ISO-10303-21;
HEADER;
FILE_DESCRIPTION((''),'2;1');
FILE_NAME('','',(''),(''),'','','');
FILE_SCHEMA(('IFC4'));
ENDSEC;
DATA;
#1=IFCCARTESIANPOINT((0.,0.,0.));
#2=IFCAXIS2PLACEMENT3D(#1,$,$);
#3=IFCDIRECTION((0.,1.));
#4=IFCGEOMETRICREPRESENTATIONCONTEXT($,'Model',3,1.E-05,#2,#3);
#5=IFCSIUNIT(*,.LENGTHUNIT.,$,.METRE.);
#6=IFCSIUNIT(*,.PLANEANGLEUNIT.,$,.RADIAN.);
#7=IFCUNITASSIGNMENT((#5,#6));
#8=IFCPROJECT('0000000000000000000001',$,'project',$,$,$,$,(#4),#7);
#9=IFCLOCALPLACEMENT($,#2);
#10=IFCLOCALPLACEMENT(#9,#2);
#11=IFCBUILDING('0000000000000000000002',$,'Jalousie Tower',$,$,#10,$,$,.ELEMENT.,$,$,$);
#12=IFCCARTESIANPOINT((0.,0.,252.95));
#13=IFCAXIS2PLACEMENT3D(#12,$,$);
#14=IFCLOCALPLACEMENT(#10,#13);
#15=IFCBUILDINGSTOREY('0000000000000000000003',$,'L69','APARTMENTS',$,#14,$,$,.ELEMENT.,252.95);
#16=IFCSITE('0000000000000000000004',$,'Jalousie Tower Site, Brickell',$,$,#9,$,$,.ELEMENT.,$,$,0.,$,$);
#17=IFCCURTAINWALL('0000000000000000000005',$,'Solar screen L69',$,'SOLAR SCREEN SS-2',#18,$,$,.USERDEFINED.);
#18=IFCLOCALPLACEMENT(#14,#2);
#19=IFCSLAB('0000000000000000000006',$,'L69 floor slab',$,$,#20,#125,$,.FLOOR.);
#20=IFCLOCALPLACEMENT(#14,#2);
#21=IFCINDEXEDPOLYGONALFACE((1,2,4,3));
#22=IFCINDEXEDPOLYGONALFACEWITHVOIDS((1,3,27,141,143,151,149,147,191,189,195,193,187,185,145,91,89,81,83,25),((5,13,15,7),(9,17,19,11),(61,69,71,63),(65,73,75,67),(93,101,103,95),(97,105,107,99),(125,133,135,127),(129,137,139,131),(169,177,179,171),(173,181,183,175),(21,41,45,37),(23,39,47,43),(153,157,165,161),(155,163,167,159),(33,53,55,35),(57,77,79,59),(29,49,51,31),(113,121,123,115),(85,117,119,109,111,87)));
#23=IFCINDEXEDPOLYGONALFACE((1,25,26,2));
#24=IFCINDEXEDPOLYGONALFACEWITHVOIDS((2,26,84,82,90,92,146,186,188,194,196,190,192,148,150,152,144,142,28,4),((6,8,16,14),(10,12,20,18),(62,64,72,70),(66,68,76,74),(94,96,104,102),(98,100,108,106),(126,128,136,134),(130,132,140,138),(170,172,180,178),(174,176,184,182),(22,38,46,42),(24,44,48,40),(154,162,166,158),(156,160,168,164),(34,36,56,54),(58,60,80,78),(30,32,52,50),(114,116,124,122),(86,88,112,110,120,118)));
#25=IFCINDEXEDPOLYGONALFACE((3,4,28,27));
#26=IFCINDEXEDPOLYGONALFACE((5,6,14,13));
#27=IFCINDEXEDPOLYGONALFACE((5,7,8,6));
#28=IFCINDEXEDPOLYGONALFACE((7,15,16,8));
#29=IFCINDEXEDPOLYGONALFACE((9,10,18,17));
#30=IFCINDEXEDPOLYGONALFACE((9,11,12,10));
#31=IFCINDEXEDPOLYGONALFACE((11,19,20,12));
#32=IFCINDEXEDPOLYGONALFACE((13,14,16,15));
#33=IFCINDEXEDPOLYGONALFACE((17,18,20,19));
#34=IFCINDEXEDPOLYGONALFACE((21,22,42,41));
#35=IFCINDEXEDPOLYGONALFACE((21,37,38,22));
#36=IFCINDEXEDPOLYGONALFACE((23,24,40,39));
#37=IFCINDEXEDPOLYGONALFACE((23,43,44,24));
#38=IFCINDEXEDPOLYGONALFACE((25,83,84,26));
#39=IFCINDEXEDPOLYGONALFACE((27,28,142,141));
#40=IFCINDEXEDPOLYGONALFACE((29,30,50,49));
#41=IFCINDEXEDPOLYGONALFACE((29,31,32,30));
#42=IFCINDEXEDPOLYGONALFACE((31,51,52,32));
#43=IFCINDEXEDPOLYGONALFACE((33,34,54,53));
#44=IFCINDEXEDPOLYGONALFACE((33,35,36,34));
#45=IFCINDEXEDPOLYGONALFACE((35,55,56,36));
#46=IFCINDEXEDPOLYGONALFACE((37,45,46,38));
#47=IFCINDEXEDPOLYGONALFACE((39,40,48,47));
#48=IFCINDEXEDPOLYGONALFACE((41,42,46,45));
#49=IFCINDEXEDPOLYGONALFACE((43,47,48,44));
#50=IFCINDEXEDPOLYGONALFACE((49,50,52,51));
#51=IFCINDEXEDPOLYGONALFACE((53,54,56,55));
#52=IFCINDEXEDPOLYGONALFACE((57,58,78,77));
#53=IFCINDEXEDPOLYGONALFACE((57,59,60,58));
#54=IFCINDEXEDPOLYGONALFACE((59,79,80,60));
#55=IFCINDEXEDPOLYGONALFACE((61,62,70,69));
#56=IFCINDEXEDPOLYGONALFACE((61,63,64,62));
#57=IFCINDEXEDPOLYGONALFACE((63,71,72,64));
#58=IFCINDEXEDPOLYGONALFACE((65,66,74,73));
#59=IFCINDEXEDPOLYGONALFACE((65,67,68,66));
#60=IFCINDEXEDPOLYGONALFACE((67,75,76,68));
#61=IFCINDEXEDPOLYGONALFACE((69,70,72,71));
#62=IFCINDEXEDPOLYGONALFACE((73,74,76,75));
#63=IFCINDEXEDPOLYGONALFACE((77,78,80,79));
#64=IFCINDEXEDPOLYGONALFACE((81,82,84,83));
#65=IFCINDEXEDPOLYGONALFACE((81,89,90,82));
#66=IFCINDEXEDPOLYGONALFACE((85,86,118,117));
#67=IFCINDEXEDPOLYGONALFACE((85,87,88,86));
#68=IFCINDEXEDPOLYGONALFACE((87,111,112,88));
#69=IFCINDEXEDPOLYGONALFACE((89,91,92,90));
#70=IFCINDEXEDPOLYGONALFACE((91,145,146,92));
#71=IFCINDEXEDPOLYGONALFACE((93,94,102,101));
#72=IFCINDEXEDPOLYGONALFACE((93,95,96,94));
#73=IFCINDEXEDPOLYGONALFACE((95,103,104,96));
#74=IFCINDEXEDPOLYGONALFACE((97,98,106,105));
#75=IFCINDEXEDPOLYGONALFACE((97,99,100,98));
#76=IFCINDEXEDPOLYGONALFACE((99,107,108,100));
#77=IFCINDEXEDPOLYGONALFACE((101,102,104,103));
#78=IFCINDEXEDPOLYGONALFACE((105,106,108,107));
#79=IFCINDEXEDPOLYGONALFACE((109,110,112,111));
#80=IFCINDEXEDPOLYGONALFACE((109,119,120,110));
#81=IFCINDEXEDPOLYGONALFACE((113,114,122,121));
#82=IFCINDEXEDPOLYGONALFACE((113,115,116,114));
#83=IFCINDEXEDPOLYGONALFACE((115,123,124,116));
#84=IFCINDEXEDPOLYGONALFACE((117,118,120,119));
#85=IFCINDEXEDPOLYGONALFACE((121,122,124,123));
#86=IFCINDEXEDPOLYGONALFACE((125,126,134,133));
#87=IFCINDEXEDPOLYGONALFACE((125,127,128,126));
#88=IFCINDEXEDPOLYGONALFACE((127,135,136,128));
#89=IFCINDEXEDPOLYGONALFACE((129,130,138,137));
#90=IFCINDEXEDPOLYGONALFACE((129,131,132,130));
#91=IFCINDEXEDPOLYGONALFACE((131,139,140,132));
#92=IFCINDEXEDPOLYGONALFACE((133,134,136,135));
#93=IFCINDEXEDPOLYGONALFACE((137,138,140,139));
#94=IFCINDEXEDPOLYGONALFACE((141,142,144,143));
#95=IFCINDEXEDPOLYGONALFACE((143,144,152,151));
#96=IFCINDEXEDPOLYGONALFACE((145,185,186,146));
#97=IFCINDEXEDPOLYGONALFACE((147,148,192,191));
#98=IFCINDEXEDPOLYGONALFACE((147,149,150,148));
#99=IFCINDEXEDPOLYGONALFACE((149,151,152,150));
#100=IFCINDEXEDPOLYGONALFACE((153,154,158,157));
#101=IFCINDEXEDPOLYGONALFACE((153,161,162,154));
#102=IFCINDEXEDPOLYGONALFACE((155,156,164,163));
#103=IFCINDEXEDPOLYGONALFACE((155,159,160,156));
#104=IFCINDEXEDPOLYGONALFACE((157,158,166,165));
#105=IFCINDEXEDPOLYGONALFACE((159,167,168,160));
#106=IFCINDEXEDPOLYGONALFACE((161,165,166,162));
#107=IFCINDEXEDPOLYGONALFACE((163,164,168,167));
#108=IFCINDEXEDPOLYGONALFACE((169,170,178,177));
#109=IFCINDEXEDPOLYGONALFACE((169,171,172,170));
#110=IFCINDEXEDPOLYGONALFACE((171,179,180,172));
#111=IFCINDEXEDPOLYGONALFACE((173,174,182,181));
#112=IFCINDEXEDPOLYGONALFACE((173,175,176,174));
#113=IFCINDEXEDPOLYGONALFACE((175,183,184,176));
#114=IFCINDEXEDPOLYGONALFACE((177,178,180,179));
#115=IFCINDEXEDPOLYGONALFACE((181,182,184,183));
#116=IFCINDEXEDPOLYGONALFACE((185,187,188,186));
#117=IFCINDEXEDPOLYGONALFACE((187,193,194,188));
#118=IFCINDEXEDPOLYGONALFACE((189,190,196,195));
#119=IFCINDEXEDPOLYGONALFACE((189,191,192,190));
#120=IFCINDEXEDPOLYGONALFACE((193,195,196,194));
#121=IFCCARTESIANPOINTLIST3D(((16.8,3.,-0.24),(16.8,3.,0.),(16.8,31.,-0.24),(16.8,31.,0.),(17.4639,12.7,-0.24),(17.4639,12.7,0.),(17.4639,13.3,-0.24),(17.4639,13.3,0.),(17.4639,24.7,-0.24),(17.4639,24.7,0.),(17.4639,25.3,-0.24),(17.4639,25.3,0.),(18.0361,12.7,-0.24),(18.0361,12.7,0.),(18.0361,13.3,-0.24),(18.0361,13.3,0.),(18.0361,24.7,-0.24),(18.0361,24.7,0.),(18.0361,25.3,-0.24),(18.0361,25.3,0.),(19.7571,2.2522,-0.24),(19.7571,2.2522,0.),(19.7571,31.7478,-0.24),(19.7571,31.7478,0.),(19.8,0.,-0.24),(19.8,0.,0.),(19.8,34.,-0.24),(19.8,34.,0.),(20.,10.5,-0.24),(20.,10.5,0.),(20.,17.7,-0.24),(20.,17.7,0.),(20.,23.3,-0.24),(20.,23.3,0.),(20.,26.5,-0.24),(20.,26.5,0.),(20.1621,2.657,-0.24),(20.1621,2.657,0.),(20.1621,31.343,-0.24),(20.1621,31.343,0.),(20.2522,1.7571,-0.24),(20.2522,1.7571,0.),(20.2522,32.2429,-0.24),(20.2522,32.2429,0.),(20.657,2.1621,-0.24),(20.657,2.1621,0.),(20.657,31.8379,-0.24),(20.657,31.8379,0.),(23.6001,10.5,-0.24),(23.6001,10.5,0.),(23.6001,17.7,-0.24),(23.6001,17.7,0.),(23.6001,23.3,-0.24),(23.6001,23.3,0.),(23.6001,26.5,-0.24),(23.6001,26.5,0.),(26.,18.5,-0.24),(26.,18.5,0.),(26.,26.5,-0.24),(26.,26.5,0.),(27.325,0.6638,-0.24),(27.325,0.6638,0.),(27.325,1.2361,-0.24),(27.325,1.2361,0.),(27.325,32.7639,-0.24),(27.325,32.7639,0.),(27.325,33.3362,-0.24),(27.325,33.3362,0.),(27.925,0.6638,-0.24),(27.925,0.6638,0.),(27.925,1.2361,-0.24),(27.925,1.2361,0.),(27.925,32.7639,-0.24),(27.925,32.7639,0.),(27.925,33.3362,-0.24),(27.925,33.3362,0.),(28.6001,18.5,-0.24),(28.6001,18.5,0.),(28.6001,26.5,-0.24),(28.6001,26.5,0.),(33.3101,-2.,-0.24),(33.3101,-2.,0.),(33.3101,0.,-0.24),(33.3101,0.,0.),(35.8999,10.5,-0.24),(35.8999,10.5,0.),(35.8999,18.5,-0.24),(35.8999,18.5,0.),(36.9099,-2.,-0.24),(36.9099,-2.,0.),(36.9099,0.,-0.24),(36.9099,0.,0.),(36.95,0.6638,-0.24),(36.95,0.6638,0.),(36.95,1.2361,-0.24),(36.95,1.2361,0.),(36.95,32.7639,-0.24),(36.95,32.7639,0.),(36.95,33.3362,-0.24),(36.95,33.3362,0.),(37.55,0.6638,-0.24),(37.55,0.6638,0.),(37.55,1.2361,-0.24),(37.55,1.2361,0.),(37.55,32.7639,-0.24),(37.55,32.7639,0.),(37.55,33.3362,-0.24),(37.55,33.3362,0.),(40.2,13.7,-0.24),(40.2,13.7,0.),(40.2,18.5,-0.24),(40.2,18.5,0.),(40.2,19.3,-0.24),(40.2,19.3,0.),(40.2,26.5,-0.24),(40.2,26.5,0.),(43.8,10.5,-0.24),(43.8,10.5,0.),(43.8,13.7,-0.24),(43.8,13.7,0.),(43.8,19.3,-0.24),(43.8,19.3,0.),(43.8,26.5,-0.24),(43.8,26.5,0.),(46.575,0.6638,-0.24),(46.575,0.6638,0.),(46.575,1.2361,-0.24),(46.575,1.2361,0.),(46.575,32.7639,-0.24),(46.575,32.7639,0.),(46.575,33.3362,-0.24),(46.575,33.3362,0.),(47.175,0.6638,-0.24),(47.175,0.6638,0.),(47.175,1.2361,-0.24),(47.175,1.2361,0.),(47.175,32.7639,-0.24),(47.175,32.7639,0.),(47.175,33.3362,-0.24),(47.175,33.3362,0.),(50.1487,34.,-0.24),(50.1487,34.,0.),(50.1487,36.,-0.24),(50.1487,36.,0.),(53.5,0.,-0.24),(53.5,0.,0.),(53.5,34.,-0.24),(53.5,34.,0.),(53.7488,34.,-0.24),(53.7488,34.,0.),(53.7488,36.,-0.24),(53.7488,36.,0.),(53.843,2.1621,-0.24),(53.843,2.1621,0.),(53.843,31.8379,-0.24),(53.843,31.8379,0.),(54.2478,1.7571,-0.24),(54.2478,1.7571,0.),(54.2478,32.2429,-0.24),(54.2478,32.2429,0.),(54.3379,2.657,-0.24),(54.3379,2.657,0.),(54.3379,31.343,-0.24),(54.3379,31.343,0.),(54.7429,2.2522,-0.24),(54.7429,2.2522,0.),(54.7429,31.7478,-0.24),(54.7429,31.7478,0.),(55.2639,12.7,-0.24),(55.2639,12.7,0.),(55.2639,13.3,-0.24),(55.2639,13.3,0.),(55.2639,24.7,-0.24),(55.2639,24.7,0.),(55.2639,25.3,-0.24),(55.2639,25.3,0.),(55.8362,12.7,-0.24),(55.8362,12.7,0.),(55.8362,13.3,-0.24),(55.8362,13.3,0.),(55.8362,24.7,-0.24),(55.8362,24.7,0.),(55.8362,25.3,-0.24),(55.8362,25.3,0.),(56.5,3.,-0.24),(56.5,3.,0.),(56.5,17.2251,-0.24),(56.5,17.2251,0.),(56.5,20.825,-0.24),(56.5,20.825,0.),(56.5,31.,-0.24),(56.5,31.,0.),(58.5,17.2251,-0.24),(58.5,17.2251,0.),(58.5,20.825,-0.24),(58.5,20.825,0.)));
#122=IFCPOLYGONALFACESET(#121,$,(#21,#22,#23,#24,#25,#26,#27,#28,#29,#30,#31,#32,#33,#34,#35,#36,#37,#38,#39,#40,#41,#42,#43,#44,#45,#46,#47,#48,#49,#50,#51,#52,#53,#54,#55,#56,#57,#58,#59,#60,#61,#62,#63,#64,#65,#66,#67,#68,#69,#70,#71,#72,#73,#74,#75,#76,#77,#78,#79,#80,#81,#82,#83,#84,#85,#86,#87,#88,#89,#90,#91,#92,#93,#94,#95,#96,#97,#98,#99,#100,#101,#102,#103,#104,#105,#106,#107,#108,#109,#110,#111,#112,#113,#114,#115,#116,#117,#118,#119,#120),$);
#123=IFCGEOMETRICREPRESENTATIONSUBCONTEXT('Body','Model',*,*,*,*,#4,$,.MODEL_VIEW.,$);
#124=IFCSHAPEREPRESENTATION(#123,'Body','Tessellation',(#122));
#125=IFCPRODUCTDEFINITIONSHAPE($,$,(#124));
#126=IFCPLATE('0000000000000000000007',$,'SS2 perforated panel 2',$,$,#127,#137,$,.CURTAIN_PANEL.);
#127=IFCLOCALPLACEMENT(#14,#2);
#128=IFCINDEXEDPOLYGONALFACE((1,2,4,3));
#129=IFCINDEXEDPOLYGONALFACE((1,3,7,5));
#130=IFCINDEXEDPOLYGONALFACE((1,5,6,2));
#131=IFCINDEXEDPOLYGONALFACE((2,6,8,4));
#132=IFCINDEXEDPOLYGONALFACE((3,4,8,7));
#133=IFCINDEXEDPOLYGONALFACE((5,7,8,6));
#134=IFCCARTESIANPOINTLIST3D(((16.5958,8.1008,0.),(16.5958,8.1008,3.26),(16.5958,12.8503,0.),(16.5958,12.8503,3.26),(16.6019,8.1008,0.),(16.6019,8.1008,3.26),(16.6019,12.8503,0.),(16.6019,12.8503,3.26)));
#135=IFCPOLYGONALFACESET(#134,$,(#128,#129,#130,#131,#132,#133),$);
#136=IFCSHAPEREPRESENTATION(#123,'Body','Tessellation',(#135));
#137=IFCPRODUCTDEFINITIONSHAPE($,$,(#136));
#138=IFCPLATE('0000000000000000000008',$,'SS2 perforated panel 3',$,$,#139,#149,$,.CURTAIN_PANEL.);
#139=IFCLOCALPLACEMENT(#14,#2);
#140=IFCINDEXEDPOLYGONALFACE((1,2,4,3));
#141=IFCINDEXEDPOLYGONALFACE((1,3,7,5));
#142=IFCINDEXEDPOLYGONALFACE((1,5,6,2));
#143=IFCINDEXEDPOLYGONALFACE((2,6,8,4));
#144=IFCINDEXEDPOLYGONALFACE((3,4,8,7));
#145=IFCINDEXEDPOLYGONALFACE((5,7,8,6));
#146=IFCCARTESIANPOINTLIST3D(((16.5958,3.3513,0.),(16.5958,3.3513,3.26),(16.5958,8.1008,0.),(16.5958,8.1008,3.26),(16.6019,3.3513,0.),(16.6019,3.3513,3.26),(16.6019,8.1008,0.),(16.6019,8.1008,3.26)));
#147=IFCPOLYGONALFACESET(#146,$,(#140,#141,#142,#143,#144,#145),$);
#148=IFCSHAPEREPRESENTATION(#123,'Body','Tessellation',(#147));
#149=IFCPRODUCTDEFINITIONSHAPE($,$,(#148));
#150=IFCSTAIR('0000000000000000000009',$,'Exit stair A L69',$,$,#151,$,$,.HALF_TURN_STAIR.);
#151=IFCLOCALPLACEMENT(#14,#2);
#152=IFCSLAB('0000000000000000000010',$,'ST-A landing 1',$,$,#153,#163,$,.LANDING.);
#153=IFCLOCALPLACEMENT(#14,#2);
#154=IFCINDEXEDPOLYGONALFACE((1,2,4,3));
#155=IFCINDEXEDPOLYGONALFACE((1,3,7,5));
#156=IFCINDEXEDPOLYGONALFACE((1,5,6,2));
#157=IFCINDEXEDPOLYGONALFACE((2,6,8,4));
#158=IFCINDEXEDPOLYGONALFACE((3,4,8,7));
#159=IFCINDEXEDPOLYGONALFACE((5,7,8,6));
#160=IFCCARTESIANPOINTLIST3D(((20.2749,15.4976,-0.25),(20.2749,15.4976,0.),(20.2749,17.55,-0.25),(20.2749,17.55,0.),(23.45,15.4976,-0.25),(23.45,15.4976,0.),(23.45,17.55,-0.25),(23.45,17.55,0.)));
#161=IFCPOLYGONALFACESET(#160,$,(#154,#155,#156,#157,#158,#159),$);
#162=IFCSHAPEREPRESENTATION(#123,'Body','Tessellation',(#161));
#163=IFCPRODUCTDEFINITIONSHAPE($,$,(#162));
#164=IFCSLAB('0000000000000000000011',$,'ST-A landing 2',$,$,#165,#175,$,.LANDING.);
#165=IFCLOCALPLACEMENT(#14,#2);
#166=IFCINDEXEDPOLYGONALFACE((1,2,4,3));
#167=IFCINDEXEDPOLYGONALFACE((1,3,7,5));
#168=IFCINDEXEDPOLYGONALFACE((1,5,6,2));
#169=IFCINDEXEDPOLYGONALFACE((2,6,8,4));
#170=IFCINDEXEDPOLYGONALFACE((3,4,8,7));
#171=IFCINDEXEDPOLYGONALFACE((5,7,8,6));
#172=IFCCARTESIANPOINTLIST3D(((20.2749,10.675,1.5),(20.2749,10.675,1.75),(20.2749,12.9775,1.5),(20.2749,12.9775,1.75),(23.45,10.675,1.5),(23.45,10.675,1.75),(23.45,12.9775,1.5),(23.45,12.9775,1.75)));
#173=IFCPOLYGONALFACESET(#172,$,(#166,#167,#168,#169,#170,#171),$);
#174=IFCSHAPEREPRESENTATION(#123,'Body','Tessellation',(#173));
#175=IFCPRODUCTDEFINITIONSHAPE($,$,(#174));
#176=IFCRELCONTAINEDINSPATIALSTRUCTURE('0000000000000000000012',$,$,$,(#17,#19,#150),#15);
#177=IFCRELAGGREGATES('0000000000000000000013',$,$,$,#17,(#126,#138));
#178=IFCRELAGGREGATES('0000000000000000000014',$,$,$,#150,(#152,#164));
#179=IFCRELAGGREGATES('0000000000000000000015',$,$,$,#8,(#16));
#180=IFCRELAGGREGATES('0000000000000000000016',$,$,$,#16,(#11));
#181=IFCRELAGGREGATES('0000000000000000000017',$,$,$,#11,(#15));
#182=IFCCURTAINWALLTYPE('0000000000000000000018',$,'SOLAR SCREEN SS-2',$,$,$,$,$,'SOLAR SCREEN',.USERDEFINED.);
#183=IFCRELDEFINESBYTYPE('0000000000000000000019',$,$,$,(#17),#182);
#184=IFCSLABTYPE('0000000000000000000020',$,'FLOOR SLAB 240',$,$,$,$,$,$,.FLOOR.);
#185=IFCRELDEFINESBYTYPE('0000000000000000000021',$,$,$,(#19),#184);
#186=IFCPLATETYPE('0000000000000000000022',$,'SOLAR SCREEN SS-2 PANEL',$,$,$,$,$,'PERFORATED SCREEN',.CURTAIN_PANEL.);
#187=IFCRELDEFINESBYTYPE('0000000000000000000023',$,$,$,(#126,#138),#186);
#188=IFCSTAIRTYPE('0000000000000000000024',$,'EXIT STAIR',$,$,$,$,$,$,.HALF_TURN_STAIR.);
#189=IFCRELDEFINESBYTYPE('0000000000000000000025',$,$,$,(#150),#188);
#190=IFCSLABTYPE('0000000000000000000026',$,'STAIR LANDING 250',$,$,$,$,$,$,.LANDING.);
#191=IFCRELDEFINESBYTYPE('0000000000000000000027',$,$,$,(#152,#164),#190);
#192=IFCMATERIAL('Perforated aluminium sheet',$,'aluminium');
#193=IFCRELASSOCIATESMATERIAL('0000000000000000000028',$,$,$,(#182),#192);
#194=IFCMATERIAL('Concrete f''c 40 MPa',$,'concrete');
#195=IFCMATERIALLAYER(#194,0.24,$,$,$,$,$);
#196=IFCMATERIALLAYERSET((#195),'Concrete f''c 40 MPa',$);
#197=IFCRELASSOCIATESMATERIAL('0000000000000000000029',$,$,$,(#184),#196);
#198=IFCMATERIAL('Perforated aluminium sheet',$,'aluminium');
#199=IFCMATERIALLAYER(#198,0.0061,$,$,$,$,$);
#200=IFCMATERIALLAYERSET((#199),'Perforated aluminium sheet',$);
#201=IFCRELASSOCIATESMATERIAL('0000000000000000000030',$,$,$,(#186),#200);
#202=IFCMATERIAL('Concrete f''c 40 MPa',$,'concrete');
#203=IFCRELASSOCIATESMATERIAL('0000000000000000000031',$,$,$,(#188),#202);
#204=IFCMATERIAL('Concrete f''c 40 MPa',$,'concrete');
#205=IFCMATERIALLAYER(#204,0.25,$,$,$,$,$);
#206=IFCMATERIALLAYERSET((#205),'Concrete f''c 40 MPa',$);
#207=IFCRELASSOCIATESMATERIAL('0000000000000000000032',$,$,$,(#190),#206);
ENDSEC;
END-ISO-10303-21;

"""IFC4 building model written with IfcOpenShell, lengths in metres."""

from ifc_helpers import new_model, si_unit, direction, frame, origin, origin_2d, place, context, subcontext, project, spatial, polyline, rectangle, outline, extrude, material, layer, layer_set, type_object, element, aggregate, save


model = new_model("IFC4")

# Units and contexts
model_context = context("Model", 3, precision=1e-05, world=origin(), true_north=direction((0.0, 1.0)))
body_context = subcontext(model_context, "Body", "Model", "MODEL_VIEW")
ifc_project = project(units=[si_unit("LENGTHUNIT", "METRE"), si_unit("PLANEANGLEUNIT", "RADIAN")], contexts=[model_context])

# Site, building, storey
site_placement = place(None, origin())
site = spatial("IfcSite", under=ifc_project, at=site_placement, Name="Jalousie Tower Site, Brickell", CompositionType="ELEMENT", RefElevation=0.0)
building_placement = place(site_placement, origin())
building = spatial("IfcBuilding", under=site, at=building_placement, Name="Jalousie Tower", CompositionType="ELEMENT")
storey_placement = place(building_placement, frame((0.0, 0.0, 252.95)))
storey = spatial("IfcBuildingStorey", under=building, at=storey_placement, Name="L69", Description="APARTMENTS", CompositionType="ELEMENT", Elevation=252.95)

# Curtain wall
ifc_material_1 = material(Name="Perforated aluminium sheet", Category="aluminium")
curtain_wall_type_1 = type_object("IfcCurtainWallType", Name="SOLAR SCREEN SS-2", ElementType="SOLAR SCREEN", PredefinedType="USERDEFINED", material=ifc_material_1)
curtain_wall_1_placement = place(storey_placement, origin())
curtain_wall_1 = element("IfcCurtainWall", 1, at=curtain_wall_1_placement, inside=storey, type_object=curtain_wall_type_1, Name="Solar screen L69", ObjectType="SOLAR SCREEN SS-2", PredefinedType="USERDEFINED")

# Slab
ifc_material_2 = material(Name="Concrete f'c 40 MPa", Category="concrete")
ifc_layer_1 = layer(ifc_material_2, 0.24)
ifc_layer_set_1 = layer_set([ifc_layer_1], Name="Concrete f'c 40 MPa")
slab_type_1 = type_object("IfcSlabType", Name="FLOOR SLAB 240", PredefinedType="FLOOR", material=ifc_layer_set_1)
slab_1_placement = place(storey_placement, frame((0.0, 0.0, -0.24)))
element("IfcSlab", 2, at=slab_1_placement, inside=storey, type_object=slab_type_1, Name="L69 floor slab", PredefinedType="FLOOR", context=body_context, shape_type="SweptSolid", body=[
    extrude(outline(polyline([(19.8, 34.0), (50.1487, 34.0), (50.1487, 36.0), (53.7488, 36.0), (53.7488, 34.0), (53.5, 34.0), (56.5, 31.0), (56.5, 20.825), (58.5, 20.825), (58.5, 17.2251), (56.5, 17.2251), (56.5, 3.0), (53.5, 0.0), (36.9099, 0.0), (36.9099, -2.0), (33.3101, -2.0), (33.3101, 0.0), (19.8, 0.0), (16.8, 3.0), (16.8, 31.0), (19.8, 34.0)]), holes=[polyline([(55.2639, 25.3), (55.2639, 24.7), (55.8362, 24.7), (55.8362, 25.3), (55.2639, 25.3)]), polyline([(55.8362, 12.7), (55.8362, 13.3), (55.2639, 13.3), (55.2639, 12.7), (55.8362, 12.7)]), polyline([(54.3379, 2.657), (53.843, 2.1621), (54.2478, 1.7571), (54.7429, 2.2522), (54.3379, 2.657)]), polyline([(54.7429, 31.7478), (54.2478, 32.2429), (53.843, 31.8379), (54.3379, 31.343), (54.7429, 31.7478)]), polyline([(47.175, 33.3362), (46.575, 33.3362), (46.575, 32.7639), (47.175, 32.7639), (47.175, 33.3362)]), polyline([(47.175, 1.2361), (46.575, 1.2361), (46.575, 0.6638), (47.175, 0.6638), (47.175, 1.2361)]), polyline([(40.2, 26.5), (40.2, 19.3), (43.8, 19.3), (43.8, 26.5), (40.2, 26.5)]), polyline([(40.2, 13.7), (40.2, 18.5), (35.8999, 18.5), (35.8999, 10.5), (43.8, 10.5), (43.8, 13.7), (40.2, 13.7)]), polyline([(36.95, 0.6638), (37.55, 0.6638), (37.55, 1.2361), (36.95, 1.2361), (36.95, 0.6638)]), polyline([(37.55, 33.3362), (36.95, 33.3362), (36.95, 32.7639), (37.55, 32.7639), (37.55, 33.3362)]), polyline([(26.0, 26.5), (26.0, 18.5), (28.6001, 18.5), (28.6001, 26.5), (26.0, 26.5)]), polyline([(27.925, 33.3362), (27.325, 33.3362), (27.325, 32.7639), (27.925, 32.7639), (27.925, 33.3362)]), polyline([(27.925, 1.2361), (27.325, 1.2361), (27.325, 0.6638), (27.925, 0.6638), (27.925, 1.2361)]), polyline([(20.0, 26.5), (20.0, 23.3), (23.6001, 23.3), (23.6001, 26.5), (20.0, 26.5)]), polyline([(20.0, 17.7), (20.0, 10.5), (23.6001, 10.5), (23.6001, 17.7), (20.0, 17.7)]), polyline([(20.657, 2.1621), (20.1621, 2.657), (19.7571, 2.2522), (20.2522, 1.7571), (20.657, 2.1621)]), polyline([(20.657, 31.8379), (20.2522, 32.2429), (19.7571, 31.7478), (20.1621, 31.343), (20.657, 31.8379)]), polyline([(17.4639, 13.3), (17.4639, 12.7), (18.0361, 12.7), (18.0361, 13.3), (17.4639, 13.3)]), polyline([(18.0361, 24.7), (18.0361, 25.3), (17.4639, 25.3), (17.4639, 24.7), (18.0361, 24.7)])]), origin(), (0.0, 0.0, 1.0), 0.24),
])

# Plates
ifc_material_3 = material(Name="Perforated aluminium sheet", Category="aluminium")
ifc_layer_2 = layer(ifc_material_3, 0.0061)
ifc_layer_set_2 = layer_set([ifc_layer_2], Name="Perforated aluminium sheet")
plate_type = type_object("IfcPlateType", Name="SOLAR SCREEN SS-2 PANEL", ElementType="PERFORATED SCREEN", PredefinedType="CURTAIN_PANEL", material=ifc_layer_set_2)
plate_1_placement = place(storey_placement, frame((16.5989, 10.4756, 0.0), z_axis=(0.0, 0.0, 1.0), x_axis=(0.0, -1.0, 0.0)))
plate_1 = element("IfcPlate", 3, at=plate_1_placement, type_object=plate_type, Name="SS2 perforated panel 2", PredefinedType="CURTAIN_PANEL", context=body_context, shape_type="SweptSolid", body=[
    extrude(rectangle(XDim=4.7495, YDim=0.0061, at=origin_2d()), origin(), (0.0, 0.0, 1.0), 3.26),
])
plate_2_placement = place(storey_placement, frame((16.5989, 5.7261, 0.0), z_axis=(0.0, 0.0, 1.0), x_axis=(0.0, -1.0, 0.0)))
plate_2 = element("IfcPlate", 4, at=plate_2_placement, type_object=plate_type, Name="SS2 perforated panel 3", PredefinedType="CURTAIN_PANEL", context=body_context, shape_type="SweptSolid", body=[
    extrude(rectangle(XDim=4.7495, YDim=0.0061, at=origin_2d()), origin(), (0.0, 0.0, 1.0), 3.26),
])
aggregate(curtain_wall_1, [plate_1, plate_2])

# Stair, slabs
ifc_material_4 = material(Name="Concrete f'c 40 MPa", Category="concrete")
stair_type = type_object("IfcStairType", Name="EXIT STAIR", PredefinedType="HALF_TURN_STAIR", material=ifc_material_4)
stair_1_placement = place(storey_placement, origin())
stair_1 = element("IfcStair", 5, at=stair_1_placement, inside=storey, type_object=stair_type, Name="Exit stair A L69", PredefinedType="HALF_TURN_STAIR")
ifc_material_5 = material(Name="Concrete f'c 40 MPa", Category="concrete")
ifc_layer_3 = layer(ifc_material_5, 0.25)
ifc_layer_set_3 = layer_set([ifc_layer_3], Name="Concrete f'c 40 MPa")
slab_type_2 = type_object("IfcSlabType", Name="STAIR LANDING 250", PredefinedType="LANDING", material=ifc_layer_set_3)
slab_2_placement = place(storey_placement, frame((0.0, 0.0, -0.25)))
slab_2 = element("IfcSlab", 6, at=slab_2_placement, type_object=slab_type_2, Name="ST-A landing 1", PredefinedType="LANDING", context=body_context, shape_type="SweptSolid", body=[
    extrude(outline(polyline([(20.2749, 15.4976), (23.45, 15.4976), (23.45, 17.55), (20.2749, 17.55), (20.2749, 15.4976)])), origin(), (0.0, 0.0, 1.0), 0.25),
])
slab_3_placement = place(storey_placement, frame((0.0, 0.0, 1.5)))
slab_3 = element("IfcSlab", 7, at=slab_3_placement, type_object=slab_type_2, Name="ST-A landing 2", PredefinedType="LANDING", context=body_context, shape_type="SweptSolid", body=[
    extrude(outline(polyline([(20.2749, 10.675), (23.45, 10.675), (23.45, 12.9775), (20.2749, 12.9775), (20.2749, 10.675)])), origin(), (0.0, 0.0, 1.0), 0.25),
])
aggregate(stair_1, [slab_2, slab_3])

save(model, "model.ifc")
